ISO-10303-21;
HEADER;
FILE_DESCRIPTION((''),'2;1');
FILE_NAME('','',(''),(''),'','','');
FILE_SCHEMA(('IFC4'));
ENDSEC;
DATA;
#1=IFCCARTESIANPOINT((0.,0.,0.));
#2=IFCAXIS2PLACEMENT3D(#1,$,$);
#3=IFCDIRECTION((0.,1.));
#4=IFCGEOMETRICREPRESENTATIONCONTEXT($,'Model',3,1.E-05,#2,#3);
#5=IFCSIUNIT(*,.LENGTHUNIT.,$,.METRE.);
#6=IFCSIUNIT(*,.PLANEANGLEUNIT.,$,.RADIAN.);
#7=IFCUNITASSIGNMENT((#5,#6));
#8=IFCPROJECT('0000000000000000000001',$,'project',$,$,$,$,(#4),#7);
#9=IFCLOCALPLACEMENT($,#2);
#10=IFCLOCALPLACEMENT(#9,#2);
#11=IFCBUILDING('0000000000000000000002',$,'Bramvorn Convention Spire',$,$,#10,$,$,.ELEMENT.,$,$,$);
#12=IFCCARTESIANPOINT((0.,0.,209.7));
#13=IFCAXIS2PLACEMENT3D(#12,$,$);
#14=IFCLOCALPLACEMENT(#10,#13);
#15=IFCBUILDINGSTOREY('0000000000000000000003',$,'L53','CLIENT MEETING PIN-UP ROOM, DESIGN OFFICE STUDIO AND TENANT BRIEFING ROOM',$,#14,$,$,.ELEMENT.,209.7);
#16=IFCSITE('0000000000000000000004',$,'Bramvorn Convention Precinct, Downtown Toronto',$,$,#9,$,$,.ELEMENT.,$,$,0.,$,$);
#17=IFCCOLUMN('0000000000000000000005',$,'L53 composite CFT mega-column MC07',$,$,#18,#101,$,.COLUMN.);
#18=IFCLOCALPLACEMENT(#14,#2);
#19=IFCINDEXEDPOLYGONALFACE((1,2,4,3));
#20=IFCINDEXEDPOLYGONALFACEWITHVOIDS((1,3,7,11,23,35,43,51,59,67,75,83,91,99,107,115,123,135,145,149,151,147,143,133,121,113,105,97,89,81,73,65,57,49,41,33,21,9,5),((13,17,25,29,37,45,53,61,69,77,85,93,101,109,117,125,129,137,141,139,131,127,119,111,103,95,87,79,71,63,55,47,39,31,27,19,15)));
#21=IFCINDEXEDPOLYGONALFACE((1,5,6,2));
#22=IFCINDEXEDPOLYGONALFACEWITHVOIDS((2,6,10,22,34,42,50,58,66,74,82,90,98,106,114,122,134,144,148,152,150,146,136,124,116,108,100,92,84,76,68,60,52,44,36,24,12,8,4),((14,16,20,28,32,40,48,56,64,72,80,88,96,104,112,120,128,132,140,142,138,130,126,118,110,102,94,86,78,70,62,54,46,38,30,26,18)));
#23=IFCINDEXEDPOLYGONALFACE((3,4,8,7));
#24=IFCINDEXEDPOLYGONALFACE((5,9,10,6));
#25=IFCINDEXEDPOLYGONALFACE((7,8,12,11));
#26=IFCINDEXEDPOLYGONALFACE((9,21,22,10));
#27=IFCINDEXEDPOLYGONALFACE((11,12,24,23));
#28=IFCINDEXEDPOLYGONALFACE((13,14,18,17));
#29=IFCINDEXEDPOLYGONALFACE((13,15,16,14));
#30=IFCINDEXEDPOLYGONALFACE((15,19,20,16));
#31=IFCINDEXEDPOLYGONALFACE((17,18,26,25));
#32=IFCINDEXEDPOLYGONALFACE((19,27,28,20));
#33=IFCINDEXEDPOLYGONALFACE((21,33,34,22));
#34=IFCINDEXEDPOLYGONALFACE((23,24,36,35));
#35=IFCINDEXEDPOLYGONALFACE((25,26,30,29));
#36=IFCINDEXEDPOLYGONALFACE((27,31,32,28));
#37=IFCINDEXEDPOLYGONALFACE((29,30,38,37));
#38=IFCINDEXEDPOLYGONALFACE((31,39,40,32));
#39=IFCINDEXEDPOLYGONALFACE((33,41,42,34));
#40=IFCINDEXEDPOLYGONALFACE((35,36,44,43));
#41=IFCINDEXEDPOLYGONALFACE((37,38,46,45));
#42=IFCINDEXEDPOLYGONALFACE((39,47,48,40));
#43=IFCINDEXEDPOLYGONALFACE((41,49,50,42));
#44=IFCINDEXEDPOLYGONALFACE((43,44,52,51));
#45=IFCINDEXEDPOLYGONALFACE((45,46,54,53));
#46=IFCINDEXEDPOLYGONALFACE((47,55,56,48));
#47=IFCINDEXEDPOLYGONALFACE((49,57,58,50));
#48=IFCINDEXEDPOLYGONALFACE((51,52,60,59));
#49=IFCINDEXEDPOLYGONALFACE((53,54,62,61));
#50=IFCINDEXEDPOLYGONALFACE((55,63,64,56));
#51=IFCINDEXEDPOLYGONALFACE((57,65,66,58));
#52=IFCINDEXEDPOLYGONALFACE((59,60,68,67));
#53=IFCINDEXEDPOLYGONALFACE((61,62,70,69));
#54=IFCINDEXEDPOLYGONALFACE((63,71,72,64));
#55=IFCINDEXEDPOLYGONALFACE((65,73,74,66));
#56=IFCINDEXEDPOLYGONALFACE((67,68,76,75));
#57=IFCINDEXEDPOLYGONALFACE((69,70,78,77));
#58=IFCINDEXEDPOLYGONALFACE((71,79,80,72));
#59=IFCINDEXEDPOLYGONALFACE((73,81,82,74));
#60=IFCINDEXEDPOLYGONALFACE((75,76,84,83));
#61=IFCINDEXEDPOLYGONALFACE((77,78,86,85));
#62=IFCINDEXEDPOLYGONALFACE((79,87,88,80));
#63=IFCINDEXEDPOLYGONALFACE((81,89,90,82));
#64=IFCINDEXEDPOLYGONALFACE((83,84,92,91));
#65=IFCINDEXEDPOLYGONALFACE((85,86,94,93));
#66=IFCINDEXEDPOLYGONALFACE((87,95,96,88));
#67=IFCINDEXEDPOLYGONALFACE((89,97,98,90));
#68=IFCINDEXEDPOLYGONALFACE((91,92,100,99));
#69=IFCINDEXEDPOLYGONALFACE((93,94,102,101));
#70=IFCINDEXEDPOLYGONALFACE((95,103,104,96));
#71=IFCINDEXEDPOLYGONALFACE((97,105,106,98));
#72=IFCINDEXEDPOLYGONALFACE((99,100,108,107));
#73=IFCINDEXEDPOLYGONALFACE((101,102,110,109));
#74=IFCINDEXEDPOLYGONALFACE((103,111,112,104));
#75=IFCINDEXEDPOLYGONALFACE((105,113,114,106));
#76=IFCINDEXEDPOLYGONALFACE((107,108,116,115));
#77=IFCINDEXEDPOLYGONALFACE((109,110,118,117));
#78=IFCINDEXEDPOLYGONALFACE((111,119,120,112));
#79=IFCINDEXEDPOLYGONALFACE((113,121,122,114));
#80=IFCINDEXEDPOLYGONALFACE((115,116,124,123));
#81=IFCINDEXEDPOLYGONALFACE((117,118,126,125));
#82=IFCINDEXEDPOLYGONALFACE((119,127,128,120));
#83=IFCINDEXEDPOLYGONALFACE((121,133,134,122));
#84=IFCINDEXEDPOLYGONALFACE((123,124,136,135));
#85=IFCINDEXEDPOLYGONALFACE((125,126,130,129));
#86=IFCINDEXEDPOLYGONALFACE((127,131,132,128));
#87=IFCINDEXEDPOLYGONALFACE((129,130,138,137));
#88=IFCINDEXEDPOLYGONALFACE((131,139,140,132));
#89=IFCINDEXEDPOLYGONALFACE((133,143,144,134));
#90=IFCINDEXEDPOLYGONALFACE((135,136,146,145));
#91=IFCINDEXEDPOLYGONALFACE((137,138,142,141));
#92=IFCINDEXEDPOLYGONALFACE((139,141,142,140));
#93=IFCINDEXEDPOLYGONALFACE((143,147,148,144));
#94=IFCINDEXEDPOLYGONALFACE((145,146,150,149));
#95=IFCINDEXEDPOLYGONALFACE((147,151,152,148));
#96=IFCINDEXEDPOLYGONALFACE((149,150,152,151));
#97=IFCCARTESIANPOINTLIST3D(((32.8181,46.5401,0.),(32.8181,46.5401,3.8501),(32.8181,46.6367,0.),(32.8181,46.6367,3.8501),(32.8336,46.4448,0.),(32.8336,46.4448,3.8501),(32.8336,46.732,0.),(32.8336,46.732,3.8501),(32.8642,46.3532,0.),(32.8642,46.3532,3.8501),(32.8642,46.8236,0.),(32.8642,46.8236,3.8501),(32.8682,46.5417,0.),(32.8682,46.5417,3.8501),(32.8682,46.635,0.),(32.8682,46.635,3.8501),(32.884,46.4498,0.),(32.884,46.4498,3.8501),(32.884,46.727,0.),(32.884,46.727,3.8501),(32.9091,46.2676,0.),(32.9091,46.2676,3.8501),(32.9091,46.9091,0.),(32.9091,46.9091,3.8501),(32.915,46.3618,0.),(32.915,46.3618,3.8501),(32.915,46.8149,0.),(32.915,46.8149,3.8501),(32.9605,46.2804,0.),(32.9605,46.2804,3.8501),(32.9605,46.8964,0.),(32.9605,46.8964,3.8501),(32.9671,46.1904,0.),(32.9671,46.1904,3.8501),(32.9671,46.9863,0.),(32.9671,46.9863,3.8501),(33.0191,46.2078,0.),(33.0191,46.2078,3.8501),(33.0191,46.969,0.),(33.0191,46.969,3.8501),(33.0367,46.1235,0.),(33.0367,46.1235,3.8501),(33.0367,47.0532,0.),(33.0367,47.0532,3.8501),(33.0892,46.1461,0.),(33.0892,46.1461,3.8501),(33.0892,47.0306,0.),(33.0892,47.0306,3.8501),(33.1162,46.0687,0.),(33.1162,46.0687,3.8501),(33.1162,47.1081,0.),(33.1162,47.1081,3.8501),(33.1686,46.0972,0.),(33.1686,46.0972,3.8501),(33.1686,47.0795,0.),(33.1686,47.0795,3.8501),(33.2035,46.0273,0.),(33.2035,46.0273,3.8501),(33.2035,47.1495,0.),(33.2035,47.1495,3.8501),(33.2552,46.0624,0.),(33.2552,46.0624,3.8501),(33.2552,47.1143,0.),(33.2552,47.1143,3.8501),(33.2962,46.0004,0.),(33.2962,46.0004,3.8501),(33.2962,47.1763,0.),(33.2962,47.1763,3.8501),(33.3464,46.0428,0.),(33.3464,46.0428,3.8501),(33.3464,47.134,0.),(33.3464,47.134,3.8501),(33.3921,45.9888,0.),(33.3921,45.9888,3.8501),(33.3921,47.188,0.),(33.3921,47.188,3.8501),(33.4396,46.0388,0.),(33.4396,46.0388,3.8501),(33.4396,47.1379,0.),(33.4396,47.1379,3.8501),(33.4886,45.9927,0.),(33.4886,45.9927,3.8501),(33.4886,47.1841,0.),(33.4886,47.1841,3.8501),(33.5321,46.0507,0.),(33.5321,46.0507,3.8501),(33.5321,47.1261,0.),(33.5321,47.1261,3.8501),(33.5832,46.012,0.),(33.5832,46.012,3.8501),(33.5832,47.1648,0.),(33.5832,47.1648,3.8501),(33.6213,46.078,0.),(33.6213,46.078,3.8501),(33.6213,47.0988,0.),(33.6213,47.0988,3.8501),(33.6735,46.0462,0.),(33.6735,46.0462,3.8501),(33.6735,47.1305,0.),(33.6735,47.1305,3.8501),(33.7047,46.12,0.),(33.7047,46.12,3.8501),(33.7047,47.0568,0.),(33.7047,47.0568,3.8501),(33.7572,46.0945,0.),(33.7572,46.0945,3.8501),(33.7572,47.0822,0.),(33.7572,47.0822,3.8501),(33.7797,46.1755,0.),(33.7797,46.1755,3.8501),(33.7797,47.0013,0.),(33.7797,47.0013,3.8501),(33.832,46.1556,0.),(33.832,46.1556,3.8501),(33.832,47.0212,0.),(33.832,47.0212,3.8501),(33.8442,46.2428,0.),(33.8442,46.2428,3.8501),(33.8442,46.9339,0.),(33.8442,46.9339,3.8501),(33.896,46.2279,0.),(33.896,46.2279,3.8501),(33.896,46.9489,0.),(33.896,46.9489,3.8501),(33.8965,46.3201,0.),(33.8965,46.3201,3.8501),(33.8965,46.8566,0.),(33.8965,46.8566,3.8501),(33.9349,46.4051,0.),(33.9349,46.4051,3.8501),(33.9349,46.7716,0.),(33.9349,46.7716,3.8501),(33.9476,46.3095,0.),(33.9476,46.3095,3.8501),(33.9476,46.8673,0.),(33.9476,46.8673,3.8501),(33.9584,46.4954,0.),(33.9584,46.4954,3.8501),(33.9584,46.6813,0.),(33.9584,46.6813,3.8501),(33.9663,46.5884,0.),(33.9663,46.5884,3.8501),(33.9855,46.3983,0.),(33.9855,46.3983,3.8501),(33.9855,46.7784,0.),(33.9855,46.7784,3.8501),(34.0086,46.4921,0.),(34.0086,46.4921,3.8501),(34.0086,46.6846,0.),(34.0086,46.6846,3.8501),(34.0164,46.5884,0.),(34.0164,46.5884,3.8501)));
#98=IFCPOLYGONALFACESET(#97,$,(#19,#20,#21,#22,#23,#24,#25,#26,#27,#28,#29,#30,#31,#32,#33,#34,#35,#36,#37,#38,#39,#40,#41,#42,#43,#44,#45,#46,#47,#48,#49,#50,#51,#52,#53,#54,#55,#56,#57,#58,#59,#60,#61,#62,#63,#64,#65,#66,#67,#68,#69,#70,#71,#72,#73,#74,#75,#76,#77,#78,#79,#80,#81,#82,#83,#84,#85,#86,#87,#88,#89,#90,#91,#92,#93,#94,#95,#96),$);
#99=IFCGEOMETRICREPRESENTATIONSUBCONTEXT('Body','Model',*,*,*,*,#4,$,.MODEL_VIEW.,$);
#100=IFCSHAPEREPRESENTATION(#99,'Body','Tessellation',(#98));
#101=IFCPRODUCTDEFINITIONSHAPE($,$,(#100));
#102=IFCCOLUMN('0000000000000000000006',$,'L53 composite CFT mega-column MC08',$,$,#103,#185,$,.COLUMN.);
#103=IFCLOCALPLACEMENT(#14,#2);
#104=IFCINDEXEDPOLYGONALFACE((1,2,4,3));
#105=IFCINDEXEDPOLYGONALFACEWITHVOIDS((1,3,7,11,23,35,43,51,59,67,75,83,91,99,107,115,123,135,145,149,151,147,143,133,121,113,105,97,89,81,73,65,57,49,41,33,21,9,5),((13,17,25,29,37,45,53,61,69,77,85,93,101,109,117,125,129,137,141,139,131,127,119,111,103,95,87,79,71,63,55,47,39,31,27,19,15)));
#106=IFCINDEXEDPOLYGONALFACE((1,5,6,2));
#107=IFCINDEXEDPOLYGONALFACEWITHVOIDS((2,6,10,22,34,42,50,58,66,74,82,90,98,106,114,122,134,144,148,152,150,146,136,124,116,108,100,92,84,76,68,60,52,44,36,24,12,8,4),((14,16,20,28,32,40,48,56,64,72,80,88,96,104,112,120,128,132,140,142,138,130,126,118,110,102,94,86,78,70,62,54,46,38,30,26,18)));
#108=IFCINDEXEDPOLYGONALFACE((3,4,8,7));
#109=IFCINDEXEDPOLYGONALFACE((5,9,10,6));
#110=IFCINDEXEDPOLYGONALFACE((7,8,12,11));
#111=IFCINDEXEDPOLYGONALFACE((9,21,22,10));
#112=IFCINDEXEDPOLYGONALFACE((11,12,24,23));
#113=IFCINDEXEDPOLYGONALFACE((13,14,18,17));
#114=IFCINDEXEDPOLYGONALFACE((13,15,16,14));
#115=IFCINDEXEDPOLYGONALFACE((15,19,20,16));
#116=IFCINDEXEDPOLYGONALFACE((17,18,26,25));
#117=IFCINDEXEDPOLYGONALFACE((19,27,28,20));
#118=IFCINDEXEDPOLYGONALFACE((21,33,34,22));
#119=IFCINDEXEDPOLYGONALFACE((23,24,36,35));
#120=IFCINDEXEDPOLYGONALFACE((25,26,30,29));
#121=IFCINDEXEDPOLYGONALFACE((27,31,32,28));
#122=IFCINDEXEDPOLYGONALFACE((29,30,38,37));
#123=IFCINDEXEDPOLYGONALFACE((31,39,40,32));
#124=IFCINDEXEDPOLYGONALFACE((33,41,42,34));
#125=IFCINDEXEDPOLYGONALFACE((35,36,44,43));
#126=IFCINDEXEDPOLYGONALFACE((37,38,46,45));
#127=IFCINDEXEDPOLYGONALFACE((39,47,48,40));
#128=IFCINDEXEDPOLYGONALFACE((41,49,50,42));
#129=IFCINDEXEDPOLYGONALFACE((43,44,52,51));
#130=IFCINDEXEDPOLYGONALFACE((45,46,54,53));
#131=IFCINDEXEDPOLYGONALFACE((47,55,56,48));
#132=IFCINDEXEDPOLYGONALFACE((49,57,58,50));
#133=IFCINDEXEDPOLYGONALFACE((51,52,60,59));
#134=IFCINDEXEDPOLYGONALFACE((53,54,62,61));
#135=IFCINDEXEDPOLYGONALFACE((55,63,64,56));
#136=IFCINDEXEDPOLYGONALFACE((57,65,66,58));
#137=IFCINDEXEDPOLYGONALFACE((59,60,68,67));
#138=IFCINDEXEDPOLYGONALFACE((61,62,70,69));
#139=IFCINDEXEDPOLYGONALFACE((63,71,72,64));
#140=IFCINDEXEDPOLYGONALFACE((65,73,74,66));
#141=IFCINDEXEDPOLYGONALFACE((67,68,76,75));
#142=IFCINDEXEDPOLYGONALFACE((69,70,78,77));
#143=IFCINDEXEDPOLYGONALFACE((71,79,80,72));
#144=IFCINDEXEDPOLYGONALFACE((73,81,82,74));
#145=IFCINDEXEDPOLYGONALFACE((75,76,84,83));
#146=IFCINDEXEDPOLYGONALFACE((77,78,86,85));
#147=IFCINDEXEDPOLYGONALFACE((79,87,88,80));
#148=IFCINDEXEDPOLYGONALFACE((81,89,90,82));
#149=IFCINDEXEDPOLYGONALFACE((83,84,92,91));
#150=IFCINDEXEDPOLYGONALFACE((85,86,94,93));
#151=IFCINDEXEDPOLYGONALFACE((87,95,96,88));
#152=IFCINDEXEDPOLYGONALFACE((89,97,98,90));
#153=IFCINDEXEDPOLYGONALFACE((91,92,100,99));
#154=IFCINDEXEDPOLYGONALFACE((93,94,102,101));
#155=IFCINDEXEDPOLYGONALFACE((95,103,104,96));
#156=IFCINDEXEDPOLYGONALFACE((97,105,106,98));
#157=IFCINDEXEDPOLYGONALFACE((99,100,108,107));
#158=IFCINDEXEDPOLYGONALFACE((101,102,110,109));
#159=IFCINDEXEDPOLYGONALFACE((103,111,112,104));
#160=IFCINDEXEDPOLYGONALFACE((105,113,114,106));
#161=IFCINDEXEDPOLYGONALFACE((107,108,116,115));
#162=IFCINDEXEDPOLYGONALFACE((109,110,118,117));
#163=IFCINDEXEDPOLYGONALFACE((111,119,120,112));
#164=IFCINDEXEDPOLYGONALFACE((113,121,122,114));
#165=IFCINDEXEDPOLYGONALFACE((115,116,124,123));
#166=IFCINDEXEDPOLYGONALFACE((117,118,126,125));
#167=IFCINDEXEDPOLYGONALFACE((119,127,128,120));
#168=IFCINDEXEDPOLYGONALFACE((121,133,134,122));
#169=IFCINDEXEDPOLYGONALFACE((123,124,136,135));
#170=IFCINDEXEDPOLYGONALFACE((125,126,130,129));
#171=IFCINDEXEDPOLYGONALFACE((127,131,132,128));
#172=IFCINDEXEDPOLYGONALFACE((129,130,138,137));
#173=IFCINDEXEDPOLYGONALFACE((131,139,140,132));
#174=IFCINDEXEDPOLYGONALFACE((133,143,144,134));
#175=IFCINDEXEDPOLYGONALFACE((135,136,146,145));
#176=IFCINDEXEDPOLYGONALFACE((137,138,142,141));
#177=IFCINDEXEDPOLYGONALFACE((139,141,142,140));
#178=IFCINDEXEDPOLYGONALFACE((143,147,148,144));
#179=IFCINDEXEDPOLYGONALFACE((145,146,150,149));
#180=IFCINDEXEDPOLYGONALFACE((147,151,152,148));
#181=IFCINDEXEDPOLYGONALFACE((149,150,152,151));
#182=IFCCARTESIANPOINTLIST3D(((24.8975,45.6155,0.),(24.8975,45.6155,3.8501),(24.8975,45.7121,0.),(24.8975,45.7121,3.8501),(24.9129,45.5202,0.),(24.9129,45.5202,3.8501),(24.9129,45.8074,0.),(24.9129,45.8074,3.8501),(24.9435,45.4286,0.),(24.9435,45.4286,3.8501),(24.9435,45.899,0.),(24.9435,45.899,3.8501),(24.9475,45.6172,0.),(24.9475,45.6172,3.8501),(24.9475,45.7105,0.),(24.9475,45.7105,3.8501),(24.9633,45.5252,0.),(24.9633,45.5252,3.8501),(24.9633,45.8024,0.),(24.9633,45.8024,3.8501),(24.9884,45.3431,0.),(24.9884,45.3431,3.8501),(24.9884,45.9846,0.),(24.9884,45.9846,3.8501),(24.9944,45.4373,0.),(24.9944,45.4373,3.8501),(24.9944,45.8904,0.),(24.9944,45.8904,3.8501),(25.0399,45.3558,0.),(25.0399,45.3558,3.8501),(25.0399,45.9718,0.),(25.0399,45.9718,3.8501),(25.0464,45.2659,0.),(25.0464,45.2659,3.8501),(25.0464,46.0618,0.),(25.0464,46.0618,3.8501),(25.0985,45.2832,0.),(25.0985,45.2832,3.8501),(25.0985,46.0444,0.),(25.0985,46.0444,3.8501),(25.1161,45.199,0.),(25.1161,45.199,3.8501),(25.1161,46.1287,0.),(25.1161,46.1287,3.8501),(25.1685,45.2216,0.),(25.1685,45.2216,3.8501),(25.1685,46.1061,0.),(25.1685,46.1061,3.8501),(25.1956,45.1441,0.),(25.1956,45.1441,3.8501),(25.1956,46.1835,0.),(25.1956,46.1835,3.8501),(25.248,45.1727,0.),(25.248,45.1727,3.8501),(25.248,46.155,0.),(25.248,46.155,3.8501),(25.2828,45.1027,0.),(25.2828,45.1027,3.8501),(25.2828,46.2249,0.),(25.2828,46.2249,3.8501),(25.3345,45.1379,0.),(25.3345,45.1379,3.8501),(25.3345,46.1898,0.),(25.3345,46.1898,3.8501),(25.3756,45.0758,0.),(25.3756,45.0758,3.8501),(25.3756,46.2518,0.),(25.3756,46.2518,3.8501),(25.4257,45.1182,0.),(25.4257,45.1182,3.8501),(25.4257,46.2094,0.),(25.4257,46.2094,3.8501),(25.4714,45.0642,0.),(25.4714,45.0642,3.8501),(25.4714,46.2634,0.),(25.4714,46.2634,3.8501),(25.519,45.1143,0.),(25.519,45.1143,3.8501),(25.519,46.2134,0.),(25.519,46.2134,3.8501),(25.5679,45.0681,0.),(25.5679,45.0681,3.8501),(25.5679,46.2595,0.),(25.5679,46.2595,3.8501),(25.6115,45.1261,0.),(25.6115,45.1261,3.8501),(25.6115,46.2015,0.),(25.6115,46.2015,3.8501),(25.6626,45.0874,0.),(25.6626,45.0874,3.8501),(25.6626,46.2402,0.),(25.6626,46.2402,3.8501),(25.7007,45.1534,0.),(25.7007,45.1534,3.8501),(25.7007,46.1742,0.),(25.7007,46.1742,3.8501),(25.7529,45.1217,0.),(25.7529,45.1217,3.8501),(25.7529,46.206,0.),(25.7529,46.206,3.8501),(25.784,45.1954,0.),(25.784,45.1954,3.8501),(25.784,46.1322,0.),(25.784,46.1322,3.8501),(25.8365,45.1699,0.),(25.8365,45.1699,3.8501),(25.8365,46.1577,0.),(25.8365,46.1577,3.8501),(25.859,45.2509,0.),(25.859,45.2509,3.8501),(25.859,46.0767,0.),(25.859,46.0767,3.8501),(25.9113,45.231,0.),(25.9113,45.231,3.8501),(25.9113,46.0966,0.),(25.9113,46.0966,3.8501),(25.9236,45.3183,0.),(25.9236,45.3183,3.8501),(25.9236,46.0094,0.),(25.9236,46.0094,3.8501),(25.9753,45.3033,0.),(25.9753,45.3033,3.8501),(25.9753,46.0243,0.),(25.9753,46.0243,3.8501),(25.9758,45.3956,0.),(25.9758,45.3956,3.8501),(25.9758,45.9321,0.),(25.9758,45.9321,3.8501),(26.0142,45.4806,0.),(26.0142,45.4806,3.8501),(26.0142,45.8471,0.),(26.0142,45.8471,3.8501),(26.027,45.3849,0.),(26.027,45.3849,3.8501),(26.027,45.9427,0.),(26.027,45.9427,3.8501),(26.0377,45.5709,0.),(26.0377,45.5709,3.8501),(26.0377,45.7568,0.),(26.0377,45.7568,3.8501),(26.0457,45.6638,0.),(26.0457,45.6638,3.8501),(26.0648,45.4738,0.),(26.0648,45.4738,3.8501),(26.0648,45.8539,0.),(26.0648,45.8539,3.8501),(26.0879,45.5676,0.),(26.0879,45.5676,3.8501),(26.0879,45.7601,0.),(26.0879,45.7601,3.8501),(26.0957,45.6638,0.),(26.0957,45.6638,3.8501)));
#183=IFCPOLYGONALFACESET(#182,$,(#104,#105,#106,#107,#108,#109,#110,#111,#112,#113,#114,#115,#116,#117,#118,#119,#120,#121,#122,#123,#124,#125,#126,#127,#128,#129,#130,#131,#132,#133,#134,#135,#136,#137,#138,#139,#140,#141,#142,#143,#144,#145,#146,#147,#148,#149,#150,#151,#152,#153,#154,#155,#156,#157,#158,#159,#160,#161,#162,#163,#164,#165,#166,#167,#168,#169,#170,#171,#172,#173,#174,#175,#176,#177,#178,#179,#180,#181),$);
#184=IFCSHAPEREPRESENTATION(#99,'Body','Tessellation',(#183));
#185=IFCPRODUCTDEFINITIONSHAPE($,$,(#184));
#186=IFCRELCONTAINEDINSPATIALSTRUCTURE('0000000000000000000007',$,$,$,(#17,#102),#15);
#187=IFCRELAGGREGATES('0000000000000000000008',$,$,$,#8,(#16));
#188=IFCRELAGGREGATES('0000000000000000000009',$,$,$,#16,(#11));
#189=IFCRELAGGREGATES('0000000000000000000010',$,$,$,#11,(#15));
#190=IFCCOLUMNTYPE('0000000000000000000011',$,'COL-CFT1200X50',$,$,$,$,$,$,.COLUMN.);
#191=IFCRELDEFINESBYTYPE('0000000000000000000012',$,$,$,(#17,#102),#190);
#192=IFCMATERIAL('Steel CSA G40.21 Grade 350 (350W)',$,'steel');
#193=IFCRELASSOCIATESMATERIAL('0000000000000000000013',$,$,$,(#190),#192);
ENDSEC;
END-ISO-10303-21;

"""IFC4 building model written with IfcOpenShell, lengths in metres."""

from ifc_helpers import new_model, si_unit, direction, frame, origin, origin_2d, place, context, subcontext, project, spatial, hollow_circle, extrude, material, material_profile, profile_set, type_object, element, save


model = new_model("IFC4")

# Units and contexts
model_context = context("Model", 3, precision=1e-05, world=origin(), true_north=direction((0.0, 1.0)))
body_context = subcontext(model_context, "Body", "Model", "MODEL_VIEW")
ifc_project = project(units=[si_unit("LENGTHUNIT", "METRE"), si_unit("PLANEANGLEUNIT", "RADIAN")], contexts=[model_context])

# Site, building, storey
site_placement = place(None, origin())
site = spatial("IfcSite", under=ifc_project, at=site_placement, Name="Bramvorn Convention Precinct, Downtown Toronto", CompositionType="ELEMENT", RefElevation=0.0)
building_placement = place(site_placement, origin())
building = spatial("IfcBuilding", under=site, at=building_placement, Name="Bramvorn Convention Spire", CompositionType="ELEMENT")
storey_placement = place(building_placement, frame((0.0, 0.0, 209.7)))
storey = spatial("IfcBuildingStorey", under=building, at=storey_placement, Name="L53", Description="CLIENT MEETING PIN-UP ROOM, DESIGN OFFICE STUDIO AND TENANT BRIEFING ROOM", CompositionType="ELEMENT", Elevation=209.7)

# Columns
ifc_material_1 = material(Name="Steel CSA G40.21 Grade 350 (350W)", Category="steel")
ifc_material_profile_1 = material_profile(ifc_material_1, hollow_circle(Radius=0.6001, WallThickness=0.05, at=origin_2d()))
ifc_profile_set_1 = profile_set([ifc_material_profile_1], Name="Steel CSA G40.21 Grade 350 (350W) - CFT1200X50")
column_type = type_object("IfcColumnType", Name="COL-CFT1200X50", PredefinedType="COLUMN", material=ifc_profile_set_1)
for number, where, z_axis, x_axis, name in (
    (1, (33.4163, 46.5884, 0.0), (0.0, 0.0, 1.0), (1.0, 0.0, 0.0), "L53 composite CFT mega-column MC07"),
    (2, (25.4956, 45.6638, 0.0), (0.0, 0.0, 1.0), (1.0, 0.0, 0.0), "L53 composite CFT mega-column MC08"),
):
    element("IfcColumn", number, at=place(storey_placement, frame(where, z_axis=z_axis, x_axis=x_axis)), inside=storey, type_object=column_type, Name=name, PredefinedType="COLUMN", context=body_context, shape_type="SweptSolid", body=[
        extrude(hollow_circle(Radius=0.6001, WallThickness=0.05, at=origin_2d()), origin(), (0.0, 0.0, 1.0), 3.8501),
    ])

save(model, "model.ifc")
